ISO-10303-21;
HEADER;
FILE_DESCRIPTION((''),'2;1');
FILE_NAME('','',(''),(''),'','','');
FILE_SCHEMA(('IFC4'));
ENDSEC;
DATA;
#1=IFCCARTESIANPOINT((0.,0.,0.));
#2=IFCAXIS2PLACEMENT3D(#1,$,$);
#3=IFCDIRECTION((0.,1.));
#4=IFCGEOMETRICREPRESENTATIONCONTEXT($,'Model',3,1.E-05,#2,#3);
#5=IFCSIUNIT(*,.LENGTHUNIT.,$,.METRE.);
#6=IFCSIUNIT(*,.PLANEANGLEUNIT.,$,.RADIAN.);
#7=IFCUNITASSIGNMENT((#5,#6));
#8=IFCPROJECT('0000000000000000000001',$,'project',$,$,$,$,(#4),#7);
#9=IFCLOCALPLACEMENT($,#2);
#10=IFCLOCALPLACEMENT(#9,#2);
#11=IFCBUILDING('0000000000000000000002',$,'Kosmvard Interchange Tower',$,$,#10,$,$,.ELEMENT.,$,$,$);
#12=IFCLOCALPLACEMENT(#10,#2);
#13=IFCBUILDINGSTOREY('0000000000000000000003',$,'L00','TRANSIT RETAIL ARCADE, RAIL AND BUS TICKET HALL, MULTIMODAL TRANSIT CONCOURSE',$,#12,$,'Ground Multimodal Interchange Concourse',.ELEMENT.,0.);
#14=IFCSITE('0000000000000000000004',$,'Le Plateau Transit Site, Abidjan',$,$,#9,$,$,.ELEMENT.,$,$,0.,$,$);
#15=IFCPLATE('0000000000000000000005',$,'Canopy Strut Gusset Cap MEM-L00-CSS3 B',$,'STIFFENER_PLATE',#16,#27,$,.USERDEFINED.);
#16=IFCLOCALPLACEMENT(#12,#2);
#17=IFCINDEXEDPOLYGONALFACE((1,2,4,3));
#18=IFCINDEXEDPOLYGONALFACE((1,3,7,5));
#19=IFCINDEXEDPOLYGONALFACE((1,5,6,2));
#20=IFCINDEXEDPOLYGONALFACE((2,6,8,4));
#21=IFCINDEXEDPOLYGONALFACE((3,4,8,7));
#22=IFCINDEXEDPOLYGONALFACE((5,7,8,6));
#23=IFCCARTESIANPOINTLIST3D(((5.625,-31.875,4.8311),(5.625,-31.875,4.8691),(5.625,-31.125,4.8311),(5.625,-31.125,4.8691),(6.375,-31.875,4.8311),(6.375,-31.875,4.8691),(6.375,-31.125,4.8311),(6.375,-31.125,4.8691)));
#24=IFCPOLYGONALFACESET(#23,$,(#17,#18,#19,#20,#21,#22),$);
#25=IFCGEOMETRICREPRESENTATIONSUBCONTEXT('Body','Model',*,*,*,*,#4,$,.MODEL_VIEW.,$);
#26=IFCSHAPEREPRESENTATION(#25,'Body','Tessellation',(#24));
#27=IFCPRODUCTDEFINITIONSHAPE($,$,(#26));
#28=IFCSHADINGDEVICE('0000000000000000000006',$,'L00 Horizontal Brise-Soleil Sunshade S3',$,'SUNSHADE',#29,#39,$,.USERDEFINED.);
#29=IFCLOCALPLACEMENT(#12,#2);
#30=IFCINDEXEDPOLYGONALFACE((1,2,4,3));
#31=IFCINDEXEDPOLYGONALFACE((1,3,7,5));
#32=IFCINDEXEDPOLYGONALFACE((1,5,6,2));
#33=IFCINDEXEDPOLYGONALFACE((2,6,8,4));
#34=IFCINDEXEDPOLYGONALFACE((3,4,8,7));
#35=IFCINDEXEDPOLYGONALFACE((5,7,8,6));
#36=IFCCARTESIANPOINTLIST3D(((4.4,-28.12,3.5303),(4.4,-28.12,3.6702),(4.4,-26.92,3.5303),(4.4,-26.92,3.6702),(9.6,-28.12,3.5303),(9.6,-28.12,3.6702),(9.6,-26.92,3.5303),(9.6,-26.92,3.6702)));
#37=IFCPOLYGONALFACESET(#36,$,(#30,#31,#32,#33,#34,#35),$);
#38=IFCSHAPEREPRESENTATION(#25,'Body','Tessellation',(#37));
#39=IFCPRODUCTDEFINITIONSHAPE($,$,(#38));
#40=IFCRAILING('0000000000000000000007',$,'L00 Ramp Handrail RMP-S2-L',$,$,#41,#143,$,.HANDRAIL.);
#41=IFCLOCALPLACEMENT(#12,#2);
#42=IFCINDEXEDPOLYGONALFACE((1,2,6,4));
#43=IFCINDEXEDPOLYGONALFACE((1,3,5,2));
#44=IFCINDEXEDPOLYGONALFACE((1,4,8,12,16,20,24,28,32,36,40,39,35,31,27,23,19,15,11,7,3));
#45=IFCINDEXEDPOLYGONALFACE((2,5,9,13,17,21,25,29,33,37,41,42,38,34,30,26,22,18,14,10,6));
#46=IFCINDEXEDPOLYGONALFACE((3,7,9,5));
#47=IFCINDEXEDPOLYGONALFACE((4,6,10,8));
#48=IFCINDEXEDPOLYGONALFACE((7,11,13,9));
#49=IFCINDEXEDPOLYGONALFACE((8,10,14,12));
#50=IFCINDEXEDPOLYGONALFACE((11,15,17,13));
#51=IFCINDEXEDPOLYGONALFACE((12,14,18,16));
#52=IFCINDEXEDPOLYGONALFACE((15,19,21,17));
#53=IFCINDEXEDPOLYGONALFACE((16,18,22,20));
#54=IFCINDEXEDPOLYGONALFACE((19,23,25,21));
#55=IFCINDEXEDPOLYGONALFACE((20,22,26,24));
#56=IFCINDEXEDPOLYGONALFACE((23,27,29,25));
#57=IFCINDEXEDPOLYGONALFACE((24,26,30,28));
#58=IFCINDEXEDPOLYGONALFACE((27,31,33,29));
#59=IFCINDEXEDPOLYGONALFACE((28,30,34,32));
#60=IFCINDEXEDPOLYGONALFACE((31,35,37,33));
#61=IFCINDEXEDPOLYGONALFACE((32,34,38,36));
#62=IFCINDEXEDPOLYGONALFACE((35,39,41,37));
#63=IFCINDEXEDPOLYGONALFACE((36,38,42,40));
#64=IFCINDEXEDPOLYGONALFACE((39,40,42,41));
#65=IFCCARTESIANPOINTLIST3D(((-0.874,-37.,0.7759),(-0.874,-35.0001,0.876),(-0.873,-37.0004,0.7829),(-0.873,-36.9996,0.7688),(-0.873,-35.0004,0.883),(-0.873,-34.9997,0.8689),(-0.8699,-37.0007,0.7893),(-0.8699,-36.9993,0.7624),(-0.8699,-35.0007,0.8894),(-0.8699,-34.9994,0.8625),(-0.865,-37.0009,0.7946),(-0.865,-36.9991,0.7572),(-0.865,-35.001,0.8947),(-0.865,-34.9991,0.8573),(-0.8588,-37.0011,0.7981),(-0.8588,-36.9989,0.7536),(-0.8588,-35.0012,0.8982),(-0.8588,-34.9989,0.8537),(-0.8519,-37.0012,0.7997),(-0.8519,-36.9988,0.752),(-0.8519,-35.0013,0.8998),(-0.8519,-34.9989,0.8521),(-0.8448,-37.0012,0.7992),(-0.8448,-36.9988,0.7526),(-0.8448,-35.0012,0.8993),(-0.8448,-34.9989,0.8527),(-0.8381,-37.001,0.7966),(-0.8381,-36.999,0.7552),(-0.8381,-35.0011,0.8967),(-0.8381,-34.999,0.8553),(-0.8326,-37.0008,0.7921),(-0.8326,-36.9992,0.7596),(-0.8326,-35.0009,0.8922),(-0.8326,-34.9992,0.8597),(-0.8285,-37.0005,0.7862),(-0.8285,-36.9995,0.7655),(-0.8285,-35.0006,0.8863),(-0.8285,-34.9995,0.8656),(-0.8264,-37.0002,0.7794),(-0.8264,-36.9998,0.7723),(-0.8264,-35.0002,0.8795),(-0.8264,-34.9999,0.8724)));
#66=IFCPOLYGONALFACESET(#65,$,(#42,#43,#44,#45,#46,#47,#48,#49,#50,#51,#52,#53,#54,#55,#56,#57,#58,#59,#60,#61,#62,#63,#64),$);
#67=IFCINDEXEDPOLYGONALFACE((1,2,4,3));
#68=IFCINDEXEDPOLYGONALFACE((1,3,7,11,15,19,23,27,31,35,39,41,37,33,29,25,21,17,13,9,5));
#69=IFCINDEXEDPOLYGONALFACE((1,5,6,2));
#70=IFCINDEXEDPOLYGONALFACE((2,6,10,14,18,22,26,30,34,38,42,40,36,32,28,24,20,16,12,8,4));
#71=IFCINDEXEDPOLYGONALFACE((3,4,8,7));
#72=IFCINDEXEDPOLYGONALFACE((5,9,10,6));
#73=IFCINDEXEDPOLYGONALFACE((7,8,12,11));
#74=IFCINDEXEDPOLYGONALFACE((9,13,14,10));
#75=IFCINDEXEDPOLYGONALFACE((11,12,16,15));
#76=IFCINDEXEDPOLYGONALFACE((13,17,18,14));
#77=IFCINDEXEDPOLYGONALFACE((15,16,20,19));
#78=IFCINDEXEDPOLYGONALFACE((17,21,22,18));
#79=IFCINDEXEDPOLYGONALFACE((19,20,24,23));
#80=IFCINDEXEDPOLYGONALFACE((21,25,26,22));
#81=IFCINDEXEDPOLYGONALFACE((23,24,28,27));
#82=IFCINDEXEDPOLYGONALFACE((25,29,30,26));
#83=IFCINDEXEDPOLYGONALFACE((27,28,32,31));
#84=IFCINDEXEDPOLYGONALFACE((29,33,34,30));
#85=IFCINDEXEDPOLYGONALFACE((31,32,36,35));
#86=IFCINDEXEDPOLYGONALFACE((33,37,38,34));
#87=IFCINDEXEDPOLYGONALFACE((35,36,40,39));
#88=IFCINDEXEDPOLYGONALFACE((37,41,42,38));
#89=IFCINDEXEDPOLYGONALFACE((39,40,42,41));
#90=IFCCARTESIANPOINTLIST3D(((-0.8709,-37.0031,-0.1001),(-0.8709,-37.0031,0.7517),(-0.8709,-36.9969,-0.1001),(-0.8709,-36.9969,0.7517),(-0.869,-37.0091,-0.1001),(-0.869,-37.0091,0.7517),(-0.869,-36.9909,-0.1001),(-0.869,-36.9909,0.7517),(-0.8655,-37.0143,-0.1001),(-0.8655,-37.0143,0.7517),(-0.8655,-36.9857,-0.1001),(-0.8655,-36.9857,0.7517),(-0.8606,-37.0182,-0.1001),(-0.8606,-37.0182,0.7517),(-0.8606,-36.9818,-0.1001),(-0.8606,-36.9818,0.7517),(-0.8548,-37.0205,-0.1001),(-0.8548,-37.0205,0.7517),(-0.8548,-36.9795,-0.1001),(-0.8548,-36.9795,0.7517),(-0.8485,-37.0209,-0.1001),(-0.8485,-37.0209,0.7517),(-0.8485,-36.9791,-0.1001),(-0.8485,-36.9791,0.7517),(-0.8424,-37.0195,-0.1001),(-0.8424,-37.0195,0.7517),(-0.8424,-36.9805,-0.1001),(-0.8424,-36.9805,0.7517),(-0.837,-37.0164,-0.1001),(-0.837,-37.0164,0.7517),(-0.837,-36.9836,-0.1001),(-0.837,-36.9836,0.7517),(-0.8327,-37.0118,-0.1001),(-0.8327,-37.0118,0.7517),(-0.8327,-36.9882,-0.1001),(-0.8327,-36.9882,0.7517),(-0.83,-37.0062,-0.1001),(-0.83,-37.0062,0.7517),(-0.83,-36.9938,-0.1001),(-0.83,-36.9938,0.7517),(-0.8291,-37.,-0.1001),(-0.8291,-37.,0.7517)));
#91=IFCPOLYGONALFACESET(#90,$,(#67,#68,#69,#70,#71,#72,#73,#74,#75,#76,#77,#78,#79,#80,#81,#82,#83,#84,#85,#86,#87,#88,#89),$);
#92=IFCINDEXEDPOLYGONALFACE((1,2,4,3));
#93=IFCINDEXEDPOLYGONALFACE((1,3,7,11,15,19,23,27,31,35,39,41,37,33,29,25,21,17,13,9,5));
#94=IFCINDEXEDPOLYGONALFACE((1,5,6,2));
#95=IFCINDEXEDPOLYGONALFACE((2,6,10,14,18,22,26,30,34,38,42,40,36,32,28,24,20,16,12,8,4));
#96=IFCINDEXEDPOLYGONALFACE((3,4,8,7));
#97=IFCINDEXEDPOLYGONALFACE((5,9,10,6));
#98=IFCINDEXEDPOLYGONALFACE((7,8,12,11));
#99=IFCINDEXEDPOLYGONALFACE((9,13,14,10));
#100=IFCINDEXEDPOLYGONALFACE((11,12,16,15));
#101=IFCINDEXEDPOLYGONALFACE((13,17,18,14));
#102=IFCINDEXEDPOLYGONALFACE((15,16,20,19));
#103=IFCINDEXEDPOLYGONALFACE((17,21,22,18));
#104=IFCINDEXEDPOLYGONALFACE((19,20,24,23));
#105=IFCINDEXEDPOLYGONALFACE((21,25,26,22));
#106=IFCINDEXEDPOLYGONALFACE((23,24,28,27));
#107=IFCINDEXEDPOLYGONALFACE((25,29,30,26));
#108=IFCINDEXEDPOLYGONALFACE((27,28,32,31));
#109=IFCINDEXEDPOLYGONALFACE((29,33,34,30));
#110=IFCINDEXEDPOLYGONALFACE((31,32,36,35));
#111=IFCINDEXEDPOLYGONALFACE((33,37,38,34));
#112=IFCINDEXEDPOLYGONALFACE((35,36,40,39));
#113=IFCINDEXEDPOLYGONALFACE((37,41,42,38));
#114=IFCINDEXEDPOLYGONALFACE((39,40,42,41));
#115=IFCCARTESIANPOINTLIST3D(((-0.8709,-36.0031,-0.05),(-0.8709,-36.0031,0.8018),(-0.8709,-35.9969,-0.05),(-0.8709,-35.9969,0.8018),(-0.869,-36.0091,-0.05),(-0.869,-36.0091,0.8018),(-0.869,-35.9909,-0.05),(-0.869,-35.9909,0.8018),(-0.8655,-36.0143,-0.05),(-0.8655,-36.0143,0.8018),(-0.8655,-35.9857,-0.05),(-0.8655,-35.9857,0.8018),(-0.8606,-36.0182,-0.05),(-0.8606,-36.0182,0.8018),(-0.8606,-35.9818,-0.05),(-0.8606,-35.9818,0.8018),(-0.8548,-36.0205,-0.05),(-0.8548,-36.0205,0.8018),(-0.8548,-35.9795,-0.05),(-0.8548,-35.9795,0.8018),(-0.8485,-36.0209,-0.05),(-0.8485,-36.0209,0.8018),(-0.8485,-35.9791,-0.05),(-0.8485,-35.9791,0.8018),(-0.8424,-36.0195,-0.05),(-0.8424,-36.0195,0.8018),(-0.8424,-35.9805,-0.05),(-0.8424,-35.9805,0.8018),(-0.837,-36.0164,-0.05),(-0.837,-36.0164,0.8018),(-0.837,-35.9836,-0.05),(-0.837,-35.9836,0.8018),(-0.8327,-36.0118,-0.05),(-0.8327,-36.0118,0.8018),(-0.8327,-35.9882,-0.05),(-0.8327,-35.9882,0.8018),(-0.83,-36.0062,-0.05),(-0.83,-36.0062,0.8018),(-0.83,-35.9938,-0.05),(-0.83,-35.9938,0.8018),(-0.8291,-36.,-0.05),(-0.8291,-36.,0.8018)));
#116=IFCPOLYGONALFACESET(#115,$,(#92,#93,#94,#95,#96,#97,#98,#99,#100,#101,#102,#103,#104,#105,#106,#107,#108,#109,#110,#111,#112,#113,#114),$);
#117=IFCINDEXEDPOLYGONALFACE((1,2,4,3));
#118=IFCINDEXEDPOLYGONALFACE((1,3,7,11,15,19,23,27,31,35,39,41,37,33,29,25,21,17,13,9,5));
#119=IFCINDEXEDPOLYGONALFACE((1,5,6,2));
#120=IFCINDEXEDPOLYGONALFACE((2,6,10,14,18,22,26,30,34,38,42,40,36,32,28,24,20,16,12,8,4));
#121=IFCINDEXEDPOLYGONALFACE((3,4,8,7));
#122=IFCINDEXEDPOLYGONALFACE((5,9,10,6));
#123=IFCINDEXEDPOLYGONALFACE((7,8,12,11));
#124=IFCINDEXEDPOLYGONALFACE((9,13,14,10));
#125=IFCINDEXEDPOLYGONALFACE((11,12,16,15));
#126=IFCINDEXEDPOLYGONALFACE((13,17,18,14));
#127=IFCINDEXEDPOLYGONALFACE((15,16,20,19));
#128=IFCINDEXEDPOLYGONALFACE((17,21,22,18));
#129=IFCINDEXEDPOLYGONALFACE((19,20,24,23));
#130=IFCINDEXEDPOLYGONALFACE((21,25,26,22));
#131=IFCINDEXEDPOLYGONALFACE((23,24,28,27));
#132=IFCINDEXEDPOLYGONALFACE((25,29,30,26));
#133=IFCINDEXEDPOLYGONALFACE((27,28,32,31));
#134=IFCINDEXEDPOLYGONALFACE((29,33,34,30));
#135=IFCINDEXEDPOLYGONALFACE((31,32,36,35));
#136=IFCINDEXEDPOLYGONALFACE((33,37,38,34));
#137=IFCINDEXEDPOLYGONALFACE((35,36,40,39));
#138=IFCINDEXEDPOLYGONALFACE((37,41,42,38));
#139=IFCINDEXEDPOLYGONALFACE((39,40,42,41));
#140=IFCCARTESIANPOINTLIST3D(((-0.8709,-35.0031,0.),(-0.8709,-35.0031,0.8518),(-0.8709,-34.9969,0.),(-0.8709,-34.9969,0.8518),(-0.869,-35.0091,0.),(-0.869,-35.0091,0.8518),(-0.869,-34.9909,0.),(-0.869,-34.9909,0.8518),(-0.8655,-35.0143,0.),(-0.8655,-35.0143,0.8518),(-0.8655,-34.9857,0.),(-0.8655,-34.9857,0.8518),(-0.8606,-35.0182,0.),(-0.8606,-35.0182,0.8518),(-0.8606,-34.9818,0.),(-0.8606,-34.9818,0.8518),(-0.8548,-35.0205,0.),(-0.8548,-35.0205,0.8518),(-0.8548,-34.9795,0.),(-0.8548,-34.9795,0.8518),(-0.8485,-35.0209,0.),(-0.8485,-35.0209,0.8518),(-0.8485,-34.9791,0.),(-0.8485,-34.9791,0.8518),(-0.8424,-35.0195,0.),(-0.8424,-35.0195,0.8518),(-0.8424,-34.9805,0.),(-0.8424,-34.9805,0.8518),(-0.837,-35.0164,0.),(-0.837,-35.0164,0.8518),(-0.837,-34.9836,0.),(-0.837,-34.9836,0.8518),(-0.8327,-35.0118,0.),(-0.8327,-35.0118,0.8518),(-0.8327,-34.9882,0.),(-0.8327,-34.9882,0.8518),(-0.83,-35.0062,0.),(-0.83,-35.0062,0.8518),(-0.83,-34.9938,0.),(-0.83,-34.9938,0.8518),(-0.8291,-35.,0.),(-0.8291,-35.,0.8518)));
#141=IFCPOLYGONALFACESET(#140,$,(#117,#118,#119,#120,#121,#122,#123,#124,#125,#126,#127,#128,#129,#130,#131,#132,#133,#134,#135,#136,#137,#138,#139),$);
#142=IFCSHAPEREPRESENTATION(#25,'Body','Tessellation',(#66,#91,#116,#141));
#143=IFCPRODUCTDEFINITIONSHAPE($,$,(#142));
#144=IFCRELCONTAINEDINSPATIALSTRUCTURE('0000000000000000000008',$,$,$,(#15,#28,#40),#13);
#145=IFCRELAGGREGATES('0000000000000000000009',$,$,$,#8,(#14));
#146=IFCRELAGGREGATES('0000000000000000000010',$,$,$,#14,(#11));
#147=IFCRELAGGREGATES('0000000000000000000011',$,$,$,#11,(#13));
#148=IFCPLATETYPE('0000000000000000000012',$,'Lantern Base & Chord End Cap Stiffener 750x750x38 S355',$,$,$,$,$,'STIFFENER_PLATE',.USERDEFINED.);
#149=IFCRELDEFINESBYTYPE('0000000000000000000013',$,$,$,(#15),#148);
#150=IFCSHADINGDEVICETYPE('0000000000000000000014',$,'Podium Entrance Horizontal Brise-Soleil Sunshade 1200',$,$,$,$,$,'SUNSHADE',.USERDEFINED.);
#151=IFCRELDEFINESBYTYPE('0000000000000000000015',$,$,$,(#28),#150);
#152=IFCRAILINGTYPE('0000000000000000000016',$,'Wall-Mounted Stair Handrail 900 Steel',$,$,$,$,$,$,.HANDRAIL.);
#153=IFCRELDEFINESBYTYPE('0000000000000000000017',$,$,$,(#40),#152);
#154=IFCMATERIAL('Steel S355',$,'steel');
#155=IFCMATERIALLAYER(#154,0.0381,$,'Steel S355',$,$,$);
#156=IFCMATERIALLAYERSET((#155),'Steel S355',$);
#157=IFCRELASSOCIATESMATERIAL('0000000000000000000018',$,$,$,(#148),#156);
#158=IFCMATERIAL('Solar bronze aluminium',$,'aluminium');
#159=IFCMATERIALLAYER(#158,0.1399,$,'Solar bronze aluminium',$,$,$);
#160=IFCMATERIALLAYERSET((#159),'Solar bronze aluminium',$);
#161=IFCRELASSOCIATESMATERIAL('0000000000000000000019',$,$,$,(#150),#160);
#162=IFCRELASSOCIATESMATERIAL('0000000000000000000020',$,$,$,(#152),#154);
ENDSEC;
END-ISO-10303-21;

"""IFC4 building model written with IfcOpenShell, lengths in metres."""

from ifc_helpers import new_model, si_unit, direction, frame, origin, origin_2d, place, context, subcontext, project, spatial, rectangle, circle, extrude, source, transform, mapped, material, layer, layer_set, type_object, element, save


model = new_model("IFC4")

# Units and contexts
model_context = context("Model", 3, precision=1e-05, world=origin(), true_north=direction((0.0, 1.0)))
body_context = subcontext(model_context, "Body", "Model", "MODEL_VIEW")
ifc_project = project(units=[si_unit("LENGTHUNIT", "METRE"), si_unit("PLANEANGLEUNIT", "RADIAN")], contexts=[model_context])

# Site, building, storey
site_placement = place(None, origin())
site = spatial("IfcSite", under=ifc_project, at=site_placement, Name="Le Plateau Transit Site, Abidjan", CompositionType="ELEMENT", RefElevation=0.0)
building_placement = place(site_placement, origin())
building = spatial("IfcBuilding", under=site, at=building_placement, Name="Kosmvard Interchange Tower", CompositionType="ELEMENT")
storey_placement = place(building_placement, origin())
storey = spatial("IfcBuildingStorey", under=building, at=storey_placement, Name="L00", Description="TRANSIT RETAIL ARCADE, RAIL AND BUS TICKET HALL, MULTIMODAL TRANSIT CONCOURSE", LongName="Ground Multimodal Interchange Concourse", CompositionType="ELEMENT", Elevation=0.0)

# Shared definitions
ifc_material_1 = material(Name="Steel S355", Category="steel")

# Plate
ifc_layer_1 = layer(ifc_material_1, 0.0381, Name="Steel S355")
ifc_layer_set_1 = layer_set([ifc_layer_1], Name="Steel S355")
plate_type = type_object("IfcPlateType", Name="Lantern Base & Chord End Cap Stiffener 750x750x38 S355", ElementType="STIFFENER_PLATE", PredefinedType="USERDEFINED", material=ifc_layer_set_1)
shared_shape_1 = source(origin(), body_context, "Body", "SweptSolid", [
    extrude(rectangle(XDim=0.75, YDim=0.75, at=origin_2d()), origin(), (0.0, 0.0, 1.0), 0.0381),
])
for number, where, z_axis, x_axis, name in (
    (1, (6.0, -31.5, 4.8311), (0.0, 0.0, 1.0), (1.0, 0.0, 0.0), "Canopy Strut Gusset Cap MEM-L00-CSS3 B"),
):
    element("IfcPlate", number, at=place(storey_placement, frame(where, z_axis=z_axis, x_axis=x_axis)), inside=storey, type_object=plate_type, Name=name, ObjectType="STIFFENER_PLATE", PredefinedType="USERDEFINED", context=body_context, shape_type="MappedRepresentation", body=[
        mapped(shared_shape_1, transform((0.0, 0.0, 0.0), scale=1.0)),
    ])

# Shading device
ifc_material_2 = material(Name="Solar bronze aluminium", Category="aluminium")
ifc_layer_2 = layer(ifc_material_2, 0.1399, Name="Solar bronze aluminium")
ifc_layer_set_2 = layer_set([ifc_layer_2], Name="Solar bronze aluminium")
shading_device_type = type_object("IfcShadingDeviceType", Name="Podium Entrance Horizontal Brise-Soleil Sunshade 1200", ElementType="SUNSHADE", PredefinedType="USERDEFINED", material=ifc_layer_set_2)
shared_shape_2 = source(origin(), body_context, "Body", "SweptSolid", [
    extrude(rectangle(XDim=5.2, YDim=1.2, at=origin_2d()), origin(), (0.0, 0.0, 1.0), 0.1399),
])
shading_device_placement = place(storey_placement, frame((7.0, -27.52, 3.5303), z_axis=(0.0, 0.0, 1.0), x_axis=(1.0, 0.0, 0.0)))
element("IfcShadingDevice", 2, at=shading_device_placement, inside=storey, type_object=shading_device_type, Name="L00 Horizontal Brise-Soleil Sunshade S3", ObjectType="SUNSHADE", PredefinedType="USERDEFINED", context=body_context, shape_type="MappedRepresentation", body=[
    mapped(shared_shape_2, transform((0.0, 0.0, 0.0), scale=1.0)),
])

# Railing
railing_type = type_object("IfcRailingType", Name="Wall-Mounted Stair Handrail 900 Steel", PredefinedType="HANDRAIL", material=ifc_material_1)
shared_shape_3 = source(origin(), body_context, "Body", "SweptSolid", [
    extrude(circle(Radius=0.0239, at=origin_2d()), frame((0.0, 0.0, 0.876), z_axis=(0.0, 0.99875, 0.049986), x_axis=(-1.0, 0.0, 0.0)), (0.0, 0.0, 1.0), 2.0024),
    extrude(circle(Radius=0.021, at=origin_2d()), origin(), (0.0, 0.0, 1.0), 0.8518),
    extrude(circle(Radius=0.021, at=origin_2d()), frame((0.0, 1.0, 0.05)), (0.0, 0.0, 1.0), 0.8518),
    extrude(circle(Radius=0.021, at=origin_2d()), frame((0.0, 2.0, 0.1001)), (0.0, 0.0, 1.0), 0.8518),
])
for number, where, name in (
    (3, (-0.8501, -37.0, -0.1001), "L00 Ramp Handrail RMP-S2-L"),
):
    element("IfcRailing", number, at=place(storey_placement, frame(where)), inside=storey, type_object=railing_type, Name=name, PredefinedType="HANDRAIL", context=body_context, shape_type="MappedRepresentation", body=[
        mapped(shared_shape_3, transform((0.0, 0.0, 0.0), scale=1.0)),
    ])

save(model, "model.ifc")
